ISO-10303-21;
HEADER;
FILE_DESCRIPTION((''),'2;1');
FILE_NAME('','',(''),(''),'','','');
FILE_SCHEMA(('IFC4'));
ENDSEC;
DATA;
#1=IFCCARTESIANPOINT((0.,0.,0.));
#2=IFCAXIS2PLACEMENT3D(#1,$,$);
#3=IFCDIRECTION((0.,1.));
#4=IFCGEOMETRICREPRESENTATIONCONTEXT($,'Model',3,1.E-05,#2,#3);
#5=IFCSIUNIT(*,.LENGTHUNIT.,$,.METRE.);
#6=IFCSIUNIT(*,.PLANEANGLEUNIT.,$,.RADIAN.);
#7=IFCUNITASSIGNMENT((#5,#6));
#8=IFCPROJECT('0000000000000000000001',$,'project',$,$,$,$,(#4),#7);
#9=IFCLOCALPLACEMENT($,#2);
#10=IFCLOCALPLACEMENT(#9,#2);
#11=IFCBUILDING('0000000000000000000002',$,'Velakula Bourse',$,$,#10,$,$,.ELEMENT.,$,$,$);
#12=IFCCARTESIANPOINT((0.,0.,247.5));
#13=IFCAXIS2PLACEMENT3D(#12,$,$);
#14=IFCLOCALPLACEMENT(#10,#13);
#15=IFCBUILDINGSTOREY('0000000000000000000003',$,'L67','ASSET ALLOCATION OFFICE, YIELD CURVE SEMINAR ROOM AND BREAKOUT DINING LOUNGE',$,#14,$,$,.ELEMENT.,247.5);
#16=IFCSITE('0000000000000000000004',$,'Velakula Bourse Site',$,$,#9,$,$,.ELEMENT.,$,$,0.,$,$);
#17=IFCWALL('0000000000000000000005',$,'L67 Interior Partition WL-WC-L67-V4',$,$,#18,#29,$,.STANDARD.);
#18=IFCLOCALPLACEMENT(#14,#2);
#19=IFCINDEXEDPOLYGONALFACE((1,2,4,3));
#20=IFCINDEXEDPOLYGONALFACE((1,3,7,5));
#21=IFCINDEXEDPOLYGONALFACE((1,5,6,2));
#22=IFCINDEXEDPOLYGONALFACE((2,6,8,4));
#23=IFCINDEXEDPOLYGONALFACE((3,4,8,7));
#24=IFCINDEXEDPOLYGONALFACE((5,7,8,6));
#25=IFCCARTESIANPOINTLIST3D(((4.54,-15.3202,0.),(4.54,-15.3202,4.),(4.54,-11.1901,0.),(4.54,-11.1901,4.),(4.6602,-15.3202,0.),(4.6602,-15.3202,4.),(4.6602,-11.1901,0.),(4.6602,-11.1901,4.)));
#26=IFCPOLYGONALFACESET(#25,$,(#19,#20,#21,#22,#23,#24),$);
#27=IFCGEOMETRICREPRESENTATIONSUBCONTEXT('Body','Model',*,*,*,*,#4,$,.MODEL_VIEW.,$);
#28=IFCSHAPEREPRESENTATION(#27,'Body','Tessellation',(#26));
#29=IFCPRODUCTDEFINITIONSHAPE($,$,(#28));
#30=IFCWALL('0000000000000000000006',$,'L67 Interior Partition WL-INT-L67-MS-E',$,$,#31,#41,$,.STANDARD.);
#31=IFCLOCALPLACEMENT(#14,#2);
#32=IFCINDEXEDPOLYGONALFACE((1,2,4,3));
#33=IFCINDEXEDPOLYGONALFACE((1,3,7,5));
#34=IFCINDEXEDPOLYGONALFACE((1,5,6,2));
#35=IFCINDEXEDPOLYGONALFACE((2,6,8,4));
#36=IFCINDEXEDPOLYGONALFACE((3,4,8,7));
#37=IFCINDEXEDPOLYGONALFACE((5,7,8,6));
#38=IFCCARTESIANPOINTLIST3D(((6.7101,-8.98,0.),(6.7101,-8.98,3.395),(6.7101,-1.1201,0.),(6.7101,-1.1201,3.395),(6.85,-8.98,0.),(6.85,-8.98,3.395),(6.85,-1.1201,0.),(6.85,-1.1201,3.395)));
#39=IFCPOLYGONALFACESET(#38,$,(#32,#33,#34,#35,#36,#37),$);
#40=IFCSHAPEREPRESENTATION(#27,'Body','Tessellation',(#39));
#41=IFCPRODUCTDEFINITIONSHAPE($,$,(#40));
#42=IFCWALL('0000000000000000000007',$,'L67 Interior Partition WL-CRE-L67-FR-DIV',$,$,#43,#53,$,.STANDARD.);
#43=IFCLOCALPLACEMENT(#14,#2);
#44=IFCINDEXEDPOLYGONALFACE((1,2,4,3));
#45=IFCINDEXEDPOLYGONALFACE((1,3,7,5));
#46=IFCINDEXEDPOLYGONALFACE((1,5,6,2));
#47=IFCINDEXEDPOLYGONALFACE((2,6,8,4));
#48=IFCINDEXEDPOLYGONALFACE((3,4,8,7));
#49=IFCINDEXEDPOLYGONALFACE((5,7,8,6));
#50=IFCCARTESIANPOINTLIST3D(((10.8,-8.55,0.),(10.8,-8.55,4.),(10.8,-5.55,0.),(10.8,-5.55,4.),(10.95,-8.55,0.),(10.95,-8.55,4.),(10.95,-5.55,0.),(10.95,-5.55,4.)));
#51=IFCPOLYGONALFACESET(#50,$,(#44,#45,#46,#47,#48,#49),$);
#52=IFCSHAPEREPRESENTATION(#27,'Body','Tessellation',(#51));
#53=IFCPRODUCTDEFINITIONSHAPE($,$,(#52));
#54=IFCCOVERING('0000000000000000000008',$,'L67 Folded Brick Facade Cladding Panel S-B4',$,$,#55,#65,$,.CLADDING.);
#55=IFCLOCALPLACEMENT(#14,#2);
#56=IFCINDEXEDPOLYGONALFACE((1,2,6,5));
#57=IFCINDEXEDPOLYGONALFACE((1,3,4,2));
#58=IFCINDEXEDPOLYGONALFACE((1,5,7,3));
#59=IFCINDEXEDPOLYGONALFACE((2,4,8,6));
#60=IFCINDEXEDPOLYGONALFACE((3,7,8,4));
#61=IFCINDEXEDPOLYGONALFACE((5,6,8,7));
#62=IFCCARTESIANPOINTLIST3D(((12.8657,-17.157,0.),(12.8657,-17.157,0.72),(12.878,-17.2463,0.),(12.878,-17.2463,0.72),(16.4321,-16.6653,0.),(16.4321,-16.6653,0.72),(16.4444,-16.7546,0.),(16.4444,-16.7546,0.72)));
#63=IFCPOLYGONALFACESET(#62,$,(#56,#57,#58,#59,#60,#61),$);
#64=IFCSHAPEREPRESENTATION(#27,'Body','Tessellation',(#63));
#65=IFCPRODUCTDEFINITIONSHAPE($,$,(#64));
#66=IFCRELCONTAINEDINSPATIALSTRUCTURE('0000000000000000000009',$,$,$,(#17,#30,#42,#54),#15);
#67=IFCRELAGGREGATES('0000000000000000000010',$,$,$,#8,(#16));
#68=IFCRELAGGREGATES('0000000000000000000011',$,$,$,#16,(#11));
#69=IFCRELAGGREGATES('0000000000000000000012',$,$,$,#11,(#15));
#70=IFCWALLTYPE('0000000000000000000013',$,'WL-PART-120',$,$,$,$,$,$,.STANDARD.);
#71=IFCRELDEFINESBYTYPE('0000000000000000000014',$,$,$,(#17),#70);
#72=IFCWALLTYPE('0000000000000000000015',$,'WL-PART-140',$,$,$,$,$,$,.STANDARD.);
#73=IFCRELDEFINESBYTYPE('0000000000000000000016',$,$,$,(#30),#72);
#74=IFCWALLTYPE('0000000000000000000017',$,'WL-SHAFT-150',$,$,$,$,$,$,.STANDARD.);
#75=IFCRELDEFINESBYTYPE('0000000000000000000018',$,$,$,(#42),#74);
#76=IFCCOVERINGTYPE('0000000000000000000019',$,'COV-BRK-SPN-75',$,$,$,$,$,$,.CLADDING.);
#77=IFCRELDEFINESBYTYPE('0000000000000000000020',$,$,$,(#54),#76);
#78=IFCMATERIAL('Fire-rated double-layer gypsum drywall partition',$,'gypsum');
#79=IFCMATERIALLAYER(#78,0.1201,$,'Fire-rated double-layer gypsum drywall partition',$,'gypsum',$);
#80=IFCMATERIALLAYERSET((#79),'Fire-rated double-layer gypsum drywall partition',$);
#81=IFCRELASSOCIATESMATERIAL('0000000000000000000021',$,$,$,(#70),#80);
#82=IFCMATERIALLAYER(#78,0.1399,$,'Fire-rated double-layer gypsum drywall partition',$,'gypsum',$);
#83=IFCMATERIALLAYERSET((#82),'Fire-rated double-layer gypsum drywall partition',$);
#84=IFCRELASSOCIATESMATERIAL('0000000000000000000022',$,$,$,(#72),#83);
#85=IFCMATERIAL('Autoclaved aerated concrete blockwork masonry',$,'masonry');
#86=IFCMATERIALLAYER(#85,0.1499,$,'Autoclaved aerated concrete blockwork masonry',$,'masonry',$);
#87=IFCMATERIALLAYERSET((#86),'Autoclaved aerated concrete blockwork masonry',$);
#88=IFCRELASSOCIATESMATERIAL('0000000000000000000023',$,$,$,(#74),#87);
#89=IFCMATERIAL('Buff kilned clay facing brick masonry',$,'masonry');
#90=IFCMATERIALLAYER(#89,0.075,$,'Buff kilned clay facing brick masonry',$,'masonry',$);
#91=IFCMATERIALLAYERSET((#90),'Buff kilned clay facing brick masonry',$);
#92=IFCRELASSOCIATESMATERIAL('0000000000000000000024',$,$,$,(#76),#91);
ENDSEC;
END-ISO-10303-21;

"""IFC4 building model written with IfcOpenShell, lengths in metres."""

from ifc_helpers import new_model, si_unit, direction, frame, frame_2d, origin, origin_2d, place, context, subcontext, project, spatial, rectangle, extrude, material, layer, layer_set, type_object, element, save


model = new_model("IFC4")

# Units and contexts
model_context = context("Model", 3, precision=1e-05, world=origin(), true_north=direction((0.0, 1.0)))
body_context = subcontext(model_context, "Body", "Model", "MODEL_VIEW")
ifc_project = project(units=[si_unit("LENGTHUNIT", "METRE"), si_unit("PLANEANGLEUNIT", "RADIAN")], contexts=[model_context])

# Site, building, storey
site_placement = place(None, origin())
site = spatial("IfcSite", under=ifc_project, at=site_placement, Name="Velakula Bourse Site", CompositionType="ELEMENT", RefElevation=0.0)
building_placement = place(site_placement, origin())
building = spatial("IfcBuilding", under=site, at=building_placement, Name="Velakula Bourse", CompositionType="ELEMENT")
storey_placement = place(building_placement, frame((0.0, 0.0, 247.5)))
storey = spatial("IfcBuildingStorey", under=building, at=storey_placement, Name="L67", Description="ASSET ALLOCATION OFFICE, YIELD CURVE SEMINAR ROOM AND BREAKOUT DINING LOUNGE", CompositionType="ELEMENT", Elevation=247.5)

# Shared definitions
ifc_material_1 = material(Name="Buff kilned clay facing brick masonry", Category="masonry")

# Walls
ifc_material_2 = material(Name="Fire-rated double-layer gypsum drywall partition", Category="gypsum")
ifc_layer_1 = layer(ifc_material_2, 0.1201, Name="Fire-rated double-layer gypsum drywall partition", Category="gypsum")
ifc_layer_set_1 = layer_set([ifc_layer_1], Name="Fire-rated double-layer gypsum drywall partition")
wall_type_1 = type_object("IfcWallType", Name="WL-PART-120", PredefinedType="STANDARD", material=ifc_layer_set_1)
for number, where, z_axis, x_axis, name in (
    (1, (4.6001, -15.3201, 0.0), (0.0, 0.0, 1.0), (0.0, 1.0, 0.0), "L67 Interior Partition WL-WC-L67-V4"),
):
    element("IfcWall", number, at=place(storey_placement, frame(where, z_axis=z_axis, x_axis=x_axis)), inside=storey, type_object=wall_type_1, Name=name, PredefinedType="STANDARD", context=body_context, shape_type="SweptSolid", body=[
        extrude(rectangle(XDim=4.1301, YDim=0.1201, at=frame_2d((2.0649, 0.0))), origin(), (0.0, 0.0, 1.0), 4.0),
    ])
ifc_layer_2 = layer(ifc_material_2, 0.1399, Name="Fire-rated double-layer gypsum drywall partition", Category="gypsum")
ifc_layer_set_2 = layer_set([ifc_layer_2], Name="Fire-rated double-layer gypsum drywall partition")
wall_type_2 = type_object("IfcWallType", Name="WL-PART-140", PredefinedType="STANDARD", material=ifc_layer_set_2)
wall_1_placement = place(storey_placement, frame((6.78, -8.98, 0.0), z_axis=(0.0, 0.0, 1.0), x_axis=(0.0, 1.0, 0.0)))
element("IfcWall", 2, at=wall_1_placement, inside=storey, type_object=wall_type_2, Name="L67 Interior Partition WL-INT-L67-MS-E", PredefinedType="STANDARD", context=body_context, shape_type="SweptSolid", body=[
    extrude(rectangle(XDim=7.8599, YDim=0.1399, at=frame_2d((3.9299, 0.0))), origin(), (0.0, 0.0, 1.0), 3.395),
])
ifc_material_3 = material(Name="Autoclaved aerated concrete blockwork masonry", Category="masonry")
ifc_layer_3 = layer(ifc_material_3, 0.1499, Name="Autoclaved aerated concrete blockwork masonry", Category="masonry")
ifc_layer_set_3 = layer_set([ifc_layer_3], Name="Autoclaved aerated concrete blockwork masonry")
wall_type_3 = type_object("IfcWallType", Name="WL-SHAFT-150", PredefinedType="STANDARD", material=ifc_layer_set_3)
wall_2_placement = place(storey_placement, frame((10.875, -8.55, 0.0), z_axis=(0.0, 0.0, 1.0), x_axis=(0.0, 1.0, 0.0)))
element("IfcWall", 3, at=wall_2_placement, inside=storey, type_object=wall_type_3, Name="L67 Interior Partition WL-CRE-L67-FR-DIV", PredefinedType="STANDARD", context=body_context, shape_type="SweptSolid", body=[
    extrude(rectangle(XDim=3.0, YDim=0.1499, at=frame_2d((1.5, 0.0))), origin(), (0.0, 0.0, 1.0), 4.0),
])

# Covering
ifc_layer_4 = layer(ifc_material_1, 0.075, Name="Buff kilned clay facing brick masonry", Category="masonry")
ifc_layer_set_4 = layer_set([ifc_layer_4], Name="Buff kilned clay facing brick masonry")
covering_type = type_object("IfcCoveringType", Name="COV-BRK-SPN-75", PredefinedType="CLADDING", material=ifc_layer_set_4)
covering_placement = place(storey_placement, frame((14.655, -16.9558, 0.0), z_axis=(0.0, 0.0, 1.0), x_axis=(0.990629, 0.13658, 0.0)))
element("IfcCovering", 4, at=covering_placement, inside=storey, type_object=covering_type, Name="L67 Folded Brick Facade Cladding Panel S-B4", PredefinedType="CLADDING", context=body_context, shape_type="SweptSolid", body=[
    extrude(rectangle(XDim=3.6001, YDim=0.0901, at=origin_2d()), origin(), (0.0, 0.0, 1.0), 0.72),
])

save(model, "model.ifc")
